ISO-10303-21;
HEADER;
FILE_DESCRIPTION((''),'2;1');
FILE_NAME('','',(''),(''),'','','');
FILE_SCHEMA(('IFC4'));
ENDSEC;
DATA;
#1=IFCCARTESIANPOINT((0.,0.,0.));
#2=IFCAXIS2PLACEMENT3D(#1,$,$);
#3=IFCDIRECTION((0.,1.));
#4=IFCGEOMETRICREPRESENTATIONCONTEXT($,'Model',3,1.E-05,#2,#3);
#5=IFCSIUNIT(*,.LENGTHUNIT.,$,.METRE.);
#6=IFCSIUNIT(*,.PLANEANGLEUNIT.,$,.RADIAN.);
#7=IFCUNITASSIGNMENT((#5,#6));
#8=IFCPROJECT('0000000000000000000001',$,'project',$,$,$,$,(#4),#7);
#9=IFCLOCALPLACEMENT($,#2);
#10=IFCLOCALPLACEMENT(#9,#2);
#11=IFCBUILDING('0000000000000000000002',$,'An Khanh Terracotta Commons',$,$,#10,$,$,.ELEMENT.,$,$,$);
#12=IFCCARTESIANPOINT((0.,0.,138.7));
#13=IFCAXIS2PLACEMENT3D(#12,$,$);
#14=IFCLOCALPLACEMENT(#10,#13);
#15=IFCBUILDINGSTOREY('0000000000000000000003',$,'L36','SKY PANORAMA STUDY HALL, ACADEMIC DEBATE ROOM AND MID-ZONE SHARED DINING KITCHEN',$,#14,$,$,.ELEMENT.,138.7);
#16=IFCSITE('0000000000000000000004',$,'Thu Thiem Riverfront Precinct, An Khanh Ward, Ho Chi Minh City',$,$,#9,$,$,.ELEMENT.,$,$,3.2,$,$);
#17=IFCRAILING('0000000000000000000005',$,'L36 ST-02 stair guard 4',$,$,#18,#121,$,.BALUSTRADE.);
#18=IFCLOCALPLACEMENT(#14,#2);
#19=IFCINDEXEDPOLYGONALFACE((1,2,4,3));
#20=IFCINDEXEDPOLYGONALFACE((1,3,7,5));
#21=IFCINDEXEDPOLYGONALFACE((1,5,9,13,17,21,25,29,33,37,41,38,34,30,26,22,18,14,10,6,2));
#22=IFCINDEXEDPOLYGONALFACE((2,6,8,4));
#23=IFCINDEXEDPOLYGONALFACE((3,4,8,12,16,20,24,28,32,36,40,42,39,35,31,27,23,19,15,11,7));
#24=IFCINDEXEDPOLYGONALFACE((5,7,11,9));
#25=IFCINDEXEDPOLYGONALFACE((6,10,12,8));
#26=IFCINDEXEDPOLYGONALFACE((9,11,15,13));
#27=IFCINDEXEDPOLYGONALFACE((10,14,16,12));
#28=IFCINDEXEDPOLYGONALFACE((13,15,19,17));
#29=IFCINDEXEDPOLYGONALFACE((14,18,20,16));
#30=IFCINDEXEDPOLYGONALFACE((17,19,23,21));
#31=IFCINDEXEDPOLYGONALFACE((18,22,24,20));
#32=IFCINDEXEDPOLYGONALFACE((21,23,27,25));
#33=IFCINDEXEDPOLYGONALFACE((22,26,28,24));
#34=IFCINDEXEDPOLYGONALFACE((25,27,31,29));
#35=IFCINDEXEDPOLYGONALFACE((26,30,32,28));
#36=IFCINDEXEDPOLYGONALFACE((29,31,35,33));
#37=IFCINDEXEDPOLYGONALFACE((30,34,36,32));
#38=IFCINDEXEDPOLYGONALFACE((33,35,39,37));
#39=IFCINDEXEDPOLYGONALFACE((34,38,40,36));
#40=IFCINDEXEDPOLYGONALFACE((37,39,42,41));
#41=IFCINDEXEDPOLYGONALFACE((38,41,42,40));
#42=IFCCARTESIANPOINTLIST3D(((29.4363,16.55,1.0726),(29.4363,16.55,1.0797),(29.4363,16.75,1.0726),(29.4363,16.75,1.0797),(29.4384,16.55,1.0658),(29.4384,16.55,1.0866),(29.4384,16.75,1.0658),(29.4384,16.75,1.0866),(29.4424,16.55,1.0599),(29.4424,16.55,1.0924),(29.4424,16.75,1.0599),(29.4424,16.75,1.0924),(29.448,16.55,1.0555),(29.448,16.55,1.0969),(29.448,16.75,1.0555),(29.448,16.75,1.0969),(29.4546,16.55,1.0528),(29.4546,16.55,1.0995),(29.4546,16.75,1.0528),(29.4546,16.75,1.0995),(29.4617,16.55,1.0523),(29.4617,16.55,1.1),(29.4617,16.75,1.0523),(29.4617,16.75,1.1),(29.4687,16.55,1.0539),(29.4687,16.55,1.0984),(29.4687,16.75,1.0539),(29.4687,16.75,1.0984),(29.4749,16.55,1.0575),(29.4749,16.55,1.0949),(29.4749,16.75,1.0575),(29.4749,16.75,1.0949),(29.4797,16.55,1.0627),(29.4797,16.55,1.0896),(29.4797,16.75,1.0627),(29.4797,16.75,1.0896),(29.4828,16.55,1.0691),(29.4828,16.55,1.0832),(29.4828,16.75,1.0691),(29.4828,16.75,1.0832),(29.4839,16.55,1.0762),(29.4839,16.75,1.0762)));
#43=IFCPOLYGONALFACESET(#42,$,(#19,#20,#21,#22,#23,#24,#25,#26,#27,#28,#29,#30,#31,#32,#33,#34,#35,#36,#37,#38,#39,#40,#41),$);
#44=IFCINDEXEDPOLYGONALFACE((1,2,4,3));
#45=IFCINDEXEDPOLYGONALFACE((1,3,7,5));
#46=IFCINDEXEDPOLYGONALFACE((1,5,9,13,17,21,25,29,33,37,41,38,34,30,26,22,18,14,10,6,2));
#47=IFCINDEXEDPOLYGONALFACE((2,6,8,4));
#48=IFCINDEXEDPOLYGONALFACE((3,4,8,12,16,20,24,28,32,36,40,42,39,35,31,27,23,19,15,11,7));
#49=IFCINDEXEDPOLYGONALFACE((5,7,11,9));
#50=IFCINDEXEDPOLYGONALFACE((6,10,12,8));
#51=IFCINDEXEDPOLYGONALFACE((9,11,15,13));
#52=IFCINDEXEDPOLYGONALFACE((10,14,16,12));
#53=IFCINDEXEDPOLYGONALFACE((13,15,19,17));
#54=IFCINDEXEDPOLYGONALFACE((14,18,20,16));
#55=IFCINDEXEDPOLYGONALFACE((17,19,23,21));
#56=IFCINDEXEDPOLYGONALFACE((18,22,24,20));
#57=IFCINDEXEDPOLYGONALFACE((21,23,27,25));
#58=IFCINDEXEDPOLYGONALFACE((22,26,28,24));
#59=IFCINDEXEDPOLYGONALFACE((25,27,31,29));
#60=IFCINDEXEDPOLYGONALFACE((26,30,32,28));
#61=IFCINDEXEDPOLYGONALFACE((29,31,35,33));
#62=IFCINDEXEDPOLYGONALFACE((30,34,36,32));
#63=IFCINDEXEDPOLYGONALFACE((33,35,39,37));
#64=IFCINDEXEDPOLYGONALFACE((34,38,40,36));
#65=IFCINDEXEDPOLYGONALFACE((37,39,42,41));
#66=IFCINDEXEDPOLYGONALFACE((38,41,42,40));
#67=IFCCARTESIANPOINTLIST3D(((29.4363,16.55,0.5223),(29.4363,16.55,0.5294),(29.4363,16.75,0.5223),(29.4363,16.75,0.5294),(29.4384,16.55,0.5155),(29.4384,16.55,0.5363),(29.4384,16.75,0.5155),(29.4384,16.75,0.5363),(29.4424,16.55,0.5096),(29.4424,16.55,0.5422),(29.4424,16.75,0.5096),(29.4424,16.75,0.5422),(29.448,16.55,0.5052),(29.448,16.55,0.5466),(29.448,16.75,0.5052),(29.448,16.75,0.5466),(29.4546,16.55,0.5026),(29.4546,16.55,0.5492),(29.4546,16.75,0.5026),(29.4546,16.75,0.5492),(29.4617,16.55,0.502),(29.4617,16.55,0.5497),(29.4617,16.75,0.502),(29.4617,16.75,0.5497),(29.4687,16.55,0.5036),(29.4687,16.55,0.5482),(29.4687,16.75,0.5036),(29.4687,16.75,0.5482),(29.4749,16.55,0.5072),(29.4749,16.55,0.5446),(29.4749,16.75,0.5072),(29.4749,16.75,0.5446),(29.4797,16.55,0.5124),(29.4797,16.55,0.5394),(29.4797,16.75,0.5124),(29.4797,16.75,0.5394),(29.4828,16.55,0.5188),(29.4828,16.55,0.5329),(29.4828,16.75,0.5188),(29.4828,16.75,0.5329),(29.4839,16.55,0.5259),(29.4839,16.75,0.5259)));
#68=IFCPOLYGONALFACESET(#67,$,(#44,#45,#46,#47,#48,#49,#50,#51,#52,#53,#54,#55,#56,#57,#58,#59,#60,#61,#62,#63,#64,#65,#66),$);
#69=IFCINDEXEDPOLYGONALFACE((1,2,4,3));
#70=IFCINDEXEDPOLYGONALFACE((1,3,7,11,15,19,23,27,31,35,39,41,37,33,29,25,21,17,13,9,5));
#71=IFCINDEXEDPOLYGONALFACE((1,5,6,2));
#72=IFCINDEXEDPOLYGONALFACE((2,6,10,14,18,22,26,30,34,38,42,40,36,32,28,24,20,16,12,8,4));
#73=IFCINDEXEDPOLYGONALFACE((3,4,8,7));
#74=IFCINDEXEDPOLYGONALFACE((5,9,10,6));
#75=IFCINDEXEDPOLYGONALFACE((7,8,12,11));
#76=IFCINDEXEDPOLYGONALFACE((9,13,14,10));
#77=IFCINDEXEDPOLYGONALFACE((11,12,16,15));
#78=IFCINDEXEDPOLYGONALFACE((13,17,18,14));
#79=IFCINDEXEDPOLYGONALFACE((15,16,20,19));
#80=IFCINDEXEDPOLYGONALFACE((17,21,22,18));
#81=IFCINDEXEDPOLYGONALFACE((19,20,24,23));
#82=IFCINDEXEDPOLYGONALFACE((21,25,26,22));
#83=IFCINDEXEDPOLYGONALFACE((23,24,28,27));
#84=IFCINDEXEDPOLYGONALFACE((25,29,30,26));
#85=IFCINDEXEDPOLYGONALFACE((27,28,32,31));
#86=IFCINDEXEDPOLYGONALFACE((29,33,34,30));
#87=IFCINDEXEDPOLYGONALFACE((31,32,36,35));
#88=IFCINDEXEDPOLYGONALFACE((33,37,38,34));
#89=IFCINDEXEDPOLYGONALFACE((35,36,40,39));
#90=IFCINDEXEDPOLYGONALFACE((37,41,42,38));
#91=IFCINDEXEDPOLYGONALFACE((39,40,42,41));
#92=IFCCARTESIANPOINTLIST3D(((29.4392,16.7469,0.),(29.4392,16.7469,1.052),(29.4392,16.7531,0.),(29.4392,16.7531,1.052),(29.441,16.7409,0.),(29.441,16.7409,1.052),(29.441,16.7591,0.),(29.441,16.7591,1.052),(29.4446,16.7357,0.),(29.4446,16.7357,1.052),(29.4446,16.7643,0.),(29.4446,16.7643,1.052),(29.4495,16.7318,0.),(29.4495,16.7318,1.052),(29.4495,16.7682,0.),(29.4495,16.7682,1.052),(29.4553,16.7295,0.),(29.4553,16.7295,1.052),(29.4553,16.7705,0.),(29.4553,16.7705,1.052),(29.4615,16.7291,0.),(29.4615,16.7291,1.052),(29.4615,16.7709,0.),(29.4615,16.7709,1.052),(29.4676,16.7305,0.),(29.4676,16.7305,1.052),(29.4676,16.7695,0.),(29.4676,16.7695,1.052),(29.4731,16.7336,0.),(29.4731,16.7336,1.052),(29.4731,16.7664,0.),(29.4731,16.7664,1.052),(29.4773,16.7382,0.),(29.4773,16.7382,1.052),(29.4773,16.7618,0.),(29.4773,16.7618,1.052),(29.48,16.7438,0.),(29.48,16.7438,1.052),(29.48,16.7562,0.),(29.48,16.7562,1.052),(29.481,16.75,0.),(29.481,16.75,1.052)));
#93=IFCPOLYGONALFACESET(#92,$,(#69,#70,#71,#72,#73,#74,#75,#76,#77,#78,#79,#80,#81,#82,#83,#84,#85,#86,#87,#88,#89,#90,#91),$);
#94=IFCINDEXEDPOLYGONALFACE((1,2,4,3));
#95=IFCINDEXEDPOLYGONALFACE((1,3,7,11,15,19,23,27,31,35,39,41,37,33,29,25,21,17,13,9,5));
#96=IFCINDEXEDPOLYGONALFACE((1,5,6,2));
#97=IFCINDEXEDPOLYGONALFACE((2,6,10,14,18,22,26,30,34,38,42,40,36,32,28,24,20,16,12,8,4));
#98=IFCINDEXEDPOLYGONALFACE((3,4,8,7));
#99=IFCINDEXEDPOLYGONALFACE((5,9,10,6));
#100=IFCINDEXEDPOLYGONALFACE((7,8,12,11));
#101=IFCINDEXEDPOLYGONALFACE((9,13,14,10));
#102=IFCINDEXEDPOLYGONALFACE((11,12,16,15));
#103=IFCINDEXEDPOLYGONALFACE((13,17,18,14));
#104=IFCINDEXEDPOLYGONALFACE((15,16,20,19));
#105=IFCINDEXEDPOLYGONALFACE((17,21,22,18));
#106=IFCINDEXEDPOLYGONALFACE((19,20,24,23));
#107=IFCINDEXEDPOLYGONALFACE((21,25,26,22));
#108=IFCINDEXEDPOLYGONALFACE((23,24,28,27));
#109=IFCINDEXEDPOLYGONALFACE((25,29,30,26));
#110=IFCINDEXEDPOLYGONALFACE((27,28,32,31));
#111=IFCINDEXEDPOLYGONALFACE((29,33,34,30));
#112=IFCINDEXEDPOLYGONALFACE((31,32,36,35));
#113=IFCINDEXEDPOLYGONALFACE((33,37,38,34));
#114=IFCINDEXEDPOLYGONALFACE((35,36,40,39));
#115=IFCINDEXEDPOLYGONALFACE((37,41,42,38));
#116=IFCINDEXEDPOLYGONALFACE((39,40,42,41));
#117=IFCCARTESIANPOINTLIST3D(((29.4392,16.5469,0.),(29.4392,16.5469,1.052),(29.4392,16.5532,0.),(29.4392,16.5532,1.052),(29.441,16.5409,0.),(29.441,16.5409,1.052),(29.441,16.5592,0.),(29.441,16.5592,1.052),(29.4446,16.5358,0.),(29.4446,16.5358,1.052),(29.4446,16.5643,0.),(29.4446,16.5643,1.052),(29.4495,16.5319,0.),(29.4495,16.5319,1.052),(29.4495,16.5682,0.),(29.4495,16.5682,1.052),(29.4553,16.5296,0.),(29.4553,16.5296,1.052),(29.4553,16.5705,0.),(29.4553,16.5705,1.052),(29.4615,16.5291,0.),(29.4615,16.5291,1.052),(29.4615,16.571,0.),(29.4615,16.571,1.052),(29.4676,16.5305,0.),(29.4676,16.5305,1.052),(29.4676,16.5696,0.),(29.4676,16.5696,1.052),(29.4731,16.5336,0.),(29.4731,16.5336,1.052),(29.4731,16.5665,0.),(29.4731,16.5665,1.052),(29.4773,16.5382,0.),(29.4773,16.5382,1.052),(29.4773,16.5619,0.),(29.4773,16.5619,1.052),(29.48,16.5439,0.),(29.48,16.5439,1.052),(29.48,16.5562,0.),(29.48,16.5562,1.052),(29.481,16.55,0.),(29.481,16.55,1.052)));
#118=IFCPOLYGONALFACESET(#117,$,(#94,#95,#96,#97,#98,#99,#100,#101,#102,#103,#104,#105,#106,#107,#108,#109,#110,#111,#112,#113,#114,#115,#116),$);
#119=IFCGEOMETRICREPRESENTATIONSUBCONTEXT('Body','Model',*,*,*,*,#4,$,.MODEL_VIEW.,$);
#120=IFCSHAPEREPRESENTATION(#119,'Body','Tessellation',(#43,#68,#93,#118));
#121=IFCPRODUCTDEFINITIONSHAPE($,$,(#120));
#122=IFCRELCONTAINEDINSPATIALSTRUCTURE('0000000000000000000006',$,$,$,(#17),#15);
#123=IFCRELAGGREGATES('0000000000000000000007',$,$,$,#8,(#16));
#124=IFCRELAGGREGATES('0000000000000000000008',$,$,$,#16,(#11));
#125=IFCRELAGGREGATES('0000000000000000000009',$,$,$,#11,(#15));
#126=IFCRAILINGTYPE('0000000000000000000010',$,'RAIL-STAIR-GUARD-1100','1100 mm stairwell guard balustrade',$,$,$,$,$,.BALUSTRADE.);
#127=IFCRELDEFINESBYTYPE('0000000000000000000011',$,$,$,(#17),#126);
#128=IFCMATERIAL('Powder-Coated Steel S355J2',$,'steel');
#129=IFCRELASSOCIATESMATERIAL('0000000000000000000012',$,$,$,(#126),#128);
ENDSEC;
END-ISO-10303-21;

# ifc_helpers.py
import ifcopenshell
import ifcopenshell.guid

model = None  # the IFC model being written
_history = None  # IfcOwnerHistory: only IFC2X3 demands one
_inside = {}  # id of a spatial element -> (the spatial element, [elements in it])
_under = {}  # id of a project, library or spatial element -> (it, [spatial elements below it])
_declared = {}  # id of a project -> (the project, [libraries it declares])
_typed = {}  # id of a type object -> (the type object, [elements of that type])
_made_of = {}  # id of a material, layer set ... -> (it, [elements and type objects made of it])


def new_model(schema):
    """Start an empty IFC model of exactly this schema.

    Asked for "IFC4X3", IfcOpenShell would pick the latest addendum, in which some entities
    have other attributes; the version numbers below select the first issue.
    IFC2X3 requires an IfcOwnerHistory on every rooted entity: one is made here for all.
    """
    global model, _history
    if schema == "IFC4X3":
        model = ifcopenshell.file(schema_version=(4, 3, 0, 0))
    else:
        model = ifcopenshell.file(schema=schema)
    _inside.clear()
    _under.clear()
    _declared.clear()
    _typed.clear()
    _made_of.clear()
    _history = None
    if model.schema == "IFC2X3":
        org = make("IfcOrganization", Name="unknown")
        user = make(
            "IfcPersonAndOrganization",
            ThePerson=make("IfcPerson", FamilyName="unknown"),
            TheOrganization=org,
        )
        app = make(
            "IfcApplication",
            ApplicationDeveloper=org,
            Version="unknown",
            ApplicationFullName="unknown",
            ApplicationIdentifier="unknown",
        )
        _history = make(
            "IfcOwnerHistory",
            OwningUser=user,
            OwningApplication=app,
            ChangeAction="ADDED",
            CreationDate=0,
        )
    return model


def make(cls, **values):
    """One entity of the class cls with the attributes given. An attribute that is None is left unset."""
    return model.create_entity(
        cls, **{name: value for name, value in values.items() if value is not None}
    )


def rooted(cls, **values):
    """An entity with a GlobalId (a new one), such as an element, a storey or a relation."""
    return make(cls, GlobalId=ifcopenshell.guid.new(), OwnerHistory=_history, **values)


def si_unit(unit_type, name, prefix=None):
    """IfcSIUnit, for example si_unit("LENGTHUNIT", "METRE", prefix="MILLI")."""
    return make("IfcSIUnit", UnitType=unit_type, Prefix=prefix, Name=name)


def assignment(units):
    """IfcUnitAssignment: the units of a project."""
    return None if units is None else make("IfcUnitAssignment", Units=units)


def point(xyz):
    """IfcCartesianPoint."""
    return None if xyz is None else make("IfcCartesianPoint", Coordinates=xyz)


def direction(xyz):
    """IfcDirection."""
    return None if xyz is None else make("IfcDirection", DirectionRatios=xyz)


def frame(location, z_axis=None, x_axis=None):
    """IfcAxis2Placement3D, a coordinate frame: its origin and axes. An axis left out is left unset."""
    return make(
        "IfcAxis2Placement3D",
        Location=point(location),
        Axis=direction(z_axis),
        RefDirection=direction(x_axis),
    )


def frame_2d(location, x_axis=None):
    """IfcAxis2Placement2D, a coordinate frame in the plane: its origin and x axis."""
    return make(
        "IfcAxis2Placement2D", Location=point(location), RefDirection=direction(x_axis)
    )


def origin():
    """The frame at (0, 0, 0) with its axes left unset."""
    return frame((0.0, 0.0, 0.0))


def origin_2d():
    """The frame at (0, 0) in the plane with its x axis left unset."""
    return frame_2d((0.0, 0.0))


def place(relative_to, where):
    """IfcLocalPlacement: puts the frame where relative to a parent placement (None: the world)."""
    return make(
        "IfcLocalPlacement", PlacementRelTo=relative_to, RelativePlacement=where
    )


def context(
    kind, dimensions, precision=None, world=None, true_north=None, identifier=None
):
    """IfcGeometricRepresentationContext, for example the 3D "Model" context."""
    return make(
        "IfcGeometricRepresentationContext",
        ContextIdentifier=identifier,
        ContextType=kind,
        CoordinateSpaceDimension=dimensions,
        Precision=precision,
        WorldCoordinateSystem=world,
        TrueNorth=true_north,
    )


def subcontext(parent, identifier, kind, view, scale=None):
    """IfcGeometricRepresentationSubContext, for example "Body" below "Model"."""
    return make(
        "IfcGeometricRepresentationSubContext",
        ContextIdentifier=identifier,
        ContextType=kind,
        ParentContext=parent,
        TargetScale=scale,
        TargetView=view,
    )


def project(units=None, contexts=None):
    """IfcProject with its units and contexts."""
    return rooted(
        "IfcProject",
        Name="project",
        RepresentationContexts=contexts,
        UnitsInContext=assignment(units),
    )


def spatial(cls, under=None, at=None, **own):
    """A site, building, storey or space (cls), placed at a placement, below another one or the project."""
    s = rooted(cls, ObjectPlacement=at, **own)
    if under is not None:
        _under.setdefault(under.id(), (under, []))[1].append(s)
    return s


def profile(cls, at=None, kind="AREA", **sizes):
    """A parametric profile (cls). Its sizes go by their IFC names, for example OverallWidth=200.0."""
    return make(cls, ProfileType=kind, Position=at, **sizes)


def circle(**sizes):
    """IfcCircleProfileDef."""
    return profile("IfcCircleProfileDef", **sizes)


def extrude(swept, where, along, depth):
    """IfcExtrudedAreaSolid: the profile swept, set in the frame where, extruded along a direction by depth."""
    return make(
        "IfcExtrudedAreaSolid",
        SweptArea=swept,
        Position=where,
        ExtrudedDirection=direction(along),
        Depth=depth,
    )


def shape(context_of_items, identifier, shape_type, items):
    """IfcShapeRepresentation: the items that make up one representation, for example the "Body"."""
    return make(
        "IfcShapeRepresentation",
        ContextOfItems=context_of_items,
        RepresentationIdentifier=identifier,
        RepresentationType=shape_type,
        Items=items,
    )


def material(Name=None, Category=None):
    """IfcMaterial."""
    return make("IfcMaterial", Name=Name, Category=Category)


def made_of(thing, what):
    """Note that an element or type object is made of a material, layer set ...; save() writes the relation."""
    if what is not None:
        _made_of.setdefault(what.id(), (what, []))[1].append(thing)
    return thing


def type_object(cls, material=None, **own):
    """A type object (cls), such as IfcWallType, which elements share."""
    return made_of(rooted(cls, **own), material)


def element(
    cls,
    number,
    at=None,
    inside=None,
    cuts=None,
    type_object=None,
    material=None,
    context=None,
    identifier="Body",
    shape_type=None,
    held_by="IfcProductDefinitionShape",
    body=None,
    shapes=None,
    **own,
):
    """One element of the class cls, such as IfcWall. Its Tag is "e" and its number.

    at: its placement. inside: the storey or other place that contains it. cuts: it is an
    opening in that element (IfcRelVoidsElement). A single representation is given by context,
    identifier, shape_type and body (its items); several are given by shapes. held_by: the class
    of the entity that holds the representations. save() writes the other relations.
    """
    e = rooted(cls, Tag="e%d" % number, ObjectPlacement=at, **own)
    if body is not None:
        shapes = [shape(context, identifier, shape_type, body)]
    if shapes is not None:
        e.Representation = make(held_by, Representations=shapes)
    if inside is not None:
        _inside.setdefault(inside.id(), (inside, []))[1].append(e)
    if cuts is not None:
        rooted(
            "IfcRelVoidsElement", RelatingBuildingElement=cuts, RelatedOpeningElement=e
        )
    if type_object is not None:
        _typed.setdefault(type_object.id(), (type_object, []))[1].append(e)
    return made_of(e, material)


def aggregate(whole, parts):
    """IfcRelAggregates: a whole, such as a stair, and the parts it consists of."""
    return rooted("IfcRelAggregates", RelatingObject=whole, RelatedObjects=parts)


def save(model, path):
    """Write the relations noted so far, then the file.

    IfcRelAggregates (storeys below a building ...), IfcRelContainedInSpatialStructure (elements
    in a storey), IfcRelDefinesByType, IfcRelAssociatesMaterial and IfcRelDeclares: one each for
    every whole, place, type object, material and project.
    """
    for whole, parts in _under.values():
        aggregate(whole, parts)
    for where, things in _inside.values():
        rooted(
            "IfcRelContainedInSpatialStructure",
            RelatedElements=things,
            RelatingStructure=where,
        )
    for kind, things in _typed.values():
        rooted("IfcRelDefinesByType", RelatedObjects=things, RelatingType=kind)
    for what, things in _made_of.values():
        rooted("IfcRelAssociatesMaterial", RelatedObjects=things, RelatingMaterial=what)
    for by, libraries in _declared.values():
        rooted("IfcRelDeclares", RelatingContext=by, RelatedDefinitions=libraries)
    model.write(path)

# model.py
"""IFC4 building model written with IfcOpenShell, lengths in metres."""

from ifc_helpers import new_model, si_unit, direction, frame, origin, origin_2d, place, context, subcontext, project, spatial, circle, extrude, material, type_object, element, save


model = new_model("IFC4")

# Units and contexts
model_context = context("Model", 3, precision=1e-05, world=origin(), true_north=direction((0.0, 1.0)))
body_context = subcontext(model_context, "Body", "Model", "MODEL_VIEW")
ifc_project = project(units=[si_unit("LENGTHUNIT", "METRE"), si_unit("PLANEANGLEUNIT", "RADIAN")], contexts=[model_context])

# Site, building, storey
site_placement = place(None, origin())
site = spatial("IfcSite", under=ifc_project, at=site_placement, Name="Thu Thiem Riverfront Precinct, An Khanh Ward, Ho Chi Minh City", CompositionType="ELEMENT", RefElevation=3.2)
building_placement = place(site_placement, origin())
building = spatial("IfcBuilding", under=site, at=building_placement, Name="An Khanh Terracotta Commons", CompositionType="ELEMENT")
storey_placement = place(building_placement, frame((0.0, 0.0, 138.7)))
storey = spatial("IfcBuildingStorey", under=building, at=storey_placement, Name="L36", Description="SKY PANORAMA STUDY HALL, ACADEMIC DEBATE ROOM AND MID-ZONE SHARED DINING KITCHEN", CompositionType="ELEMENT", Elevation=138.7)

# Railing
ifc_material_1 = material(Name="Powder-Coated Steel S355J2", Category="steel")
railing_type_1 = type_object("IfcRailingType", Name="RAIL-STAIR-GUARD-1100", Description="1100 mm stairwell guard balustrade", PredefinedType="BALUSTRADE", material=ifc_material_1)
railing_1_placement = place(storey_placement, frame((29.46, 16.75, 0.0)))
element("IfcRailing", 1, at=railing_1_placement, inside=storey, type_object=railing_type_1, Name="L36 ST-02 stair guard 4", PredefinedType="BALUSTRADE", context=body_context, shape_type="SweptSolid", body=[
    extrude(circle(Radius=0.0239, at=origin_2d()), frame((0.0, 0.0, 1.0762), z_axis=(0.0, -1.0, 0.0), x_axis=(1.0, 0.0, 0.0)), (0.0, 0.0, 1.0), 0.2),
    extrude(circle(Radius=0.0239, at=origin_2d()), frame((0.0, 0.0, 0.5259), z_axis=(0.0, -1.0, 0.0), x_axis=(1.0, 0.0, 0.0)), (0.0, 0.0, 1.0), 0.2),
    extrude(circle(Radius=0.021, at=origin_2d()), origin(), (0.0, 0.0, 1.0), 1.052),
    extrude(circle(Radius=0.021, at=origin_2d()), frame((0.0, -0.2, 0.0)), (0.0, 0.0, 1.0), 1.052),
])

save(model, "model.ifc")
